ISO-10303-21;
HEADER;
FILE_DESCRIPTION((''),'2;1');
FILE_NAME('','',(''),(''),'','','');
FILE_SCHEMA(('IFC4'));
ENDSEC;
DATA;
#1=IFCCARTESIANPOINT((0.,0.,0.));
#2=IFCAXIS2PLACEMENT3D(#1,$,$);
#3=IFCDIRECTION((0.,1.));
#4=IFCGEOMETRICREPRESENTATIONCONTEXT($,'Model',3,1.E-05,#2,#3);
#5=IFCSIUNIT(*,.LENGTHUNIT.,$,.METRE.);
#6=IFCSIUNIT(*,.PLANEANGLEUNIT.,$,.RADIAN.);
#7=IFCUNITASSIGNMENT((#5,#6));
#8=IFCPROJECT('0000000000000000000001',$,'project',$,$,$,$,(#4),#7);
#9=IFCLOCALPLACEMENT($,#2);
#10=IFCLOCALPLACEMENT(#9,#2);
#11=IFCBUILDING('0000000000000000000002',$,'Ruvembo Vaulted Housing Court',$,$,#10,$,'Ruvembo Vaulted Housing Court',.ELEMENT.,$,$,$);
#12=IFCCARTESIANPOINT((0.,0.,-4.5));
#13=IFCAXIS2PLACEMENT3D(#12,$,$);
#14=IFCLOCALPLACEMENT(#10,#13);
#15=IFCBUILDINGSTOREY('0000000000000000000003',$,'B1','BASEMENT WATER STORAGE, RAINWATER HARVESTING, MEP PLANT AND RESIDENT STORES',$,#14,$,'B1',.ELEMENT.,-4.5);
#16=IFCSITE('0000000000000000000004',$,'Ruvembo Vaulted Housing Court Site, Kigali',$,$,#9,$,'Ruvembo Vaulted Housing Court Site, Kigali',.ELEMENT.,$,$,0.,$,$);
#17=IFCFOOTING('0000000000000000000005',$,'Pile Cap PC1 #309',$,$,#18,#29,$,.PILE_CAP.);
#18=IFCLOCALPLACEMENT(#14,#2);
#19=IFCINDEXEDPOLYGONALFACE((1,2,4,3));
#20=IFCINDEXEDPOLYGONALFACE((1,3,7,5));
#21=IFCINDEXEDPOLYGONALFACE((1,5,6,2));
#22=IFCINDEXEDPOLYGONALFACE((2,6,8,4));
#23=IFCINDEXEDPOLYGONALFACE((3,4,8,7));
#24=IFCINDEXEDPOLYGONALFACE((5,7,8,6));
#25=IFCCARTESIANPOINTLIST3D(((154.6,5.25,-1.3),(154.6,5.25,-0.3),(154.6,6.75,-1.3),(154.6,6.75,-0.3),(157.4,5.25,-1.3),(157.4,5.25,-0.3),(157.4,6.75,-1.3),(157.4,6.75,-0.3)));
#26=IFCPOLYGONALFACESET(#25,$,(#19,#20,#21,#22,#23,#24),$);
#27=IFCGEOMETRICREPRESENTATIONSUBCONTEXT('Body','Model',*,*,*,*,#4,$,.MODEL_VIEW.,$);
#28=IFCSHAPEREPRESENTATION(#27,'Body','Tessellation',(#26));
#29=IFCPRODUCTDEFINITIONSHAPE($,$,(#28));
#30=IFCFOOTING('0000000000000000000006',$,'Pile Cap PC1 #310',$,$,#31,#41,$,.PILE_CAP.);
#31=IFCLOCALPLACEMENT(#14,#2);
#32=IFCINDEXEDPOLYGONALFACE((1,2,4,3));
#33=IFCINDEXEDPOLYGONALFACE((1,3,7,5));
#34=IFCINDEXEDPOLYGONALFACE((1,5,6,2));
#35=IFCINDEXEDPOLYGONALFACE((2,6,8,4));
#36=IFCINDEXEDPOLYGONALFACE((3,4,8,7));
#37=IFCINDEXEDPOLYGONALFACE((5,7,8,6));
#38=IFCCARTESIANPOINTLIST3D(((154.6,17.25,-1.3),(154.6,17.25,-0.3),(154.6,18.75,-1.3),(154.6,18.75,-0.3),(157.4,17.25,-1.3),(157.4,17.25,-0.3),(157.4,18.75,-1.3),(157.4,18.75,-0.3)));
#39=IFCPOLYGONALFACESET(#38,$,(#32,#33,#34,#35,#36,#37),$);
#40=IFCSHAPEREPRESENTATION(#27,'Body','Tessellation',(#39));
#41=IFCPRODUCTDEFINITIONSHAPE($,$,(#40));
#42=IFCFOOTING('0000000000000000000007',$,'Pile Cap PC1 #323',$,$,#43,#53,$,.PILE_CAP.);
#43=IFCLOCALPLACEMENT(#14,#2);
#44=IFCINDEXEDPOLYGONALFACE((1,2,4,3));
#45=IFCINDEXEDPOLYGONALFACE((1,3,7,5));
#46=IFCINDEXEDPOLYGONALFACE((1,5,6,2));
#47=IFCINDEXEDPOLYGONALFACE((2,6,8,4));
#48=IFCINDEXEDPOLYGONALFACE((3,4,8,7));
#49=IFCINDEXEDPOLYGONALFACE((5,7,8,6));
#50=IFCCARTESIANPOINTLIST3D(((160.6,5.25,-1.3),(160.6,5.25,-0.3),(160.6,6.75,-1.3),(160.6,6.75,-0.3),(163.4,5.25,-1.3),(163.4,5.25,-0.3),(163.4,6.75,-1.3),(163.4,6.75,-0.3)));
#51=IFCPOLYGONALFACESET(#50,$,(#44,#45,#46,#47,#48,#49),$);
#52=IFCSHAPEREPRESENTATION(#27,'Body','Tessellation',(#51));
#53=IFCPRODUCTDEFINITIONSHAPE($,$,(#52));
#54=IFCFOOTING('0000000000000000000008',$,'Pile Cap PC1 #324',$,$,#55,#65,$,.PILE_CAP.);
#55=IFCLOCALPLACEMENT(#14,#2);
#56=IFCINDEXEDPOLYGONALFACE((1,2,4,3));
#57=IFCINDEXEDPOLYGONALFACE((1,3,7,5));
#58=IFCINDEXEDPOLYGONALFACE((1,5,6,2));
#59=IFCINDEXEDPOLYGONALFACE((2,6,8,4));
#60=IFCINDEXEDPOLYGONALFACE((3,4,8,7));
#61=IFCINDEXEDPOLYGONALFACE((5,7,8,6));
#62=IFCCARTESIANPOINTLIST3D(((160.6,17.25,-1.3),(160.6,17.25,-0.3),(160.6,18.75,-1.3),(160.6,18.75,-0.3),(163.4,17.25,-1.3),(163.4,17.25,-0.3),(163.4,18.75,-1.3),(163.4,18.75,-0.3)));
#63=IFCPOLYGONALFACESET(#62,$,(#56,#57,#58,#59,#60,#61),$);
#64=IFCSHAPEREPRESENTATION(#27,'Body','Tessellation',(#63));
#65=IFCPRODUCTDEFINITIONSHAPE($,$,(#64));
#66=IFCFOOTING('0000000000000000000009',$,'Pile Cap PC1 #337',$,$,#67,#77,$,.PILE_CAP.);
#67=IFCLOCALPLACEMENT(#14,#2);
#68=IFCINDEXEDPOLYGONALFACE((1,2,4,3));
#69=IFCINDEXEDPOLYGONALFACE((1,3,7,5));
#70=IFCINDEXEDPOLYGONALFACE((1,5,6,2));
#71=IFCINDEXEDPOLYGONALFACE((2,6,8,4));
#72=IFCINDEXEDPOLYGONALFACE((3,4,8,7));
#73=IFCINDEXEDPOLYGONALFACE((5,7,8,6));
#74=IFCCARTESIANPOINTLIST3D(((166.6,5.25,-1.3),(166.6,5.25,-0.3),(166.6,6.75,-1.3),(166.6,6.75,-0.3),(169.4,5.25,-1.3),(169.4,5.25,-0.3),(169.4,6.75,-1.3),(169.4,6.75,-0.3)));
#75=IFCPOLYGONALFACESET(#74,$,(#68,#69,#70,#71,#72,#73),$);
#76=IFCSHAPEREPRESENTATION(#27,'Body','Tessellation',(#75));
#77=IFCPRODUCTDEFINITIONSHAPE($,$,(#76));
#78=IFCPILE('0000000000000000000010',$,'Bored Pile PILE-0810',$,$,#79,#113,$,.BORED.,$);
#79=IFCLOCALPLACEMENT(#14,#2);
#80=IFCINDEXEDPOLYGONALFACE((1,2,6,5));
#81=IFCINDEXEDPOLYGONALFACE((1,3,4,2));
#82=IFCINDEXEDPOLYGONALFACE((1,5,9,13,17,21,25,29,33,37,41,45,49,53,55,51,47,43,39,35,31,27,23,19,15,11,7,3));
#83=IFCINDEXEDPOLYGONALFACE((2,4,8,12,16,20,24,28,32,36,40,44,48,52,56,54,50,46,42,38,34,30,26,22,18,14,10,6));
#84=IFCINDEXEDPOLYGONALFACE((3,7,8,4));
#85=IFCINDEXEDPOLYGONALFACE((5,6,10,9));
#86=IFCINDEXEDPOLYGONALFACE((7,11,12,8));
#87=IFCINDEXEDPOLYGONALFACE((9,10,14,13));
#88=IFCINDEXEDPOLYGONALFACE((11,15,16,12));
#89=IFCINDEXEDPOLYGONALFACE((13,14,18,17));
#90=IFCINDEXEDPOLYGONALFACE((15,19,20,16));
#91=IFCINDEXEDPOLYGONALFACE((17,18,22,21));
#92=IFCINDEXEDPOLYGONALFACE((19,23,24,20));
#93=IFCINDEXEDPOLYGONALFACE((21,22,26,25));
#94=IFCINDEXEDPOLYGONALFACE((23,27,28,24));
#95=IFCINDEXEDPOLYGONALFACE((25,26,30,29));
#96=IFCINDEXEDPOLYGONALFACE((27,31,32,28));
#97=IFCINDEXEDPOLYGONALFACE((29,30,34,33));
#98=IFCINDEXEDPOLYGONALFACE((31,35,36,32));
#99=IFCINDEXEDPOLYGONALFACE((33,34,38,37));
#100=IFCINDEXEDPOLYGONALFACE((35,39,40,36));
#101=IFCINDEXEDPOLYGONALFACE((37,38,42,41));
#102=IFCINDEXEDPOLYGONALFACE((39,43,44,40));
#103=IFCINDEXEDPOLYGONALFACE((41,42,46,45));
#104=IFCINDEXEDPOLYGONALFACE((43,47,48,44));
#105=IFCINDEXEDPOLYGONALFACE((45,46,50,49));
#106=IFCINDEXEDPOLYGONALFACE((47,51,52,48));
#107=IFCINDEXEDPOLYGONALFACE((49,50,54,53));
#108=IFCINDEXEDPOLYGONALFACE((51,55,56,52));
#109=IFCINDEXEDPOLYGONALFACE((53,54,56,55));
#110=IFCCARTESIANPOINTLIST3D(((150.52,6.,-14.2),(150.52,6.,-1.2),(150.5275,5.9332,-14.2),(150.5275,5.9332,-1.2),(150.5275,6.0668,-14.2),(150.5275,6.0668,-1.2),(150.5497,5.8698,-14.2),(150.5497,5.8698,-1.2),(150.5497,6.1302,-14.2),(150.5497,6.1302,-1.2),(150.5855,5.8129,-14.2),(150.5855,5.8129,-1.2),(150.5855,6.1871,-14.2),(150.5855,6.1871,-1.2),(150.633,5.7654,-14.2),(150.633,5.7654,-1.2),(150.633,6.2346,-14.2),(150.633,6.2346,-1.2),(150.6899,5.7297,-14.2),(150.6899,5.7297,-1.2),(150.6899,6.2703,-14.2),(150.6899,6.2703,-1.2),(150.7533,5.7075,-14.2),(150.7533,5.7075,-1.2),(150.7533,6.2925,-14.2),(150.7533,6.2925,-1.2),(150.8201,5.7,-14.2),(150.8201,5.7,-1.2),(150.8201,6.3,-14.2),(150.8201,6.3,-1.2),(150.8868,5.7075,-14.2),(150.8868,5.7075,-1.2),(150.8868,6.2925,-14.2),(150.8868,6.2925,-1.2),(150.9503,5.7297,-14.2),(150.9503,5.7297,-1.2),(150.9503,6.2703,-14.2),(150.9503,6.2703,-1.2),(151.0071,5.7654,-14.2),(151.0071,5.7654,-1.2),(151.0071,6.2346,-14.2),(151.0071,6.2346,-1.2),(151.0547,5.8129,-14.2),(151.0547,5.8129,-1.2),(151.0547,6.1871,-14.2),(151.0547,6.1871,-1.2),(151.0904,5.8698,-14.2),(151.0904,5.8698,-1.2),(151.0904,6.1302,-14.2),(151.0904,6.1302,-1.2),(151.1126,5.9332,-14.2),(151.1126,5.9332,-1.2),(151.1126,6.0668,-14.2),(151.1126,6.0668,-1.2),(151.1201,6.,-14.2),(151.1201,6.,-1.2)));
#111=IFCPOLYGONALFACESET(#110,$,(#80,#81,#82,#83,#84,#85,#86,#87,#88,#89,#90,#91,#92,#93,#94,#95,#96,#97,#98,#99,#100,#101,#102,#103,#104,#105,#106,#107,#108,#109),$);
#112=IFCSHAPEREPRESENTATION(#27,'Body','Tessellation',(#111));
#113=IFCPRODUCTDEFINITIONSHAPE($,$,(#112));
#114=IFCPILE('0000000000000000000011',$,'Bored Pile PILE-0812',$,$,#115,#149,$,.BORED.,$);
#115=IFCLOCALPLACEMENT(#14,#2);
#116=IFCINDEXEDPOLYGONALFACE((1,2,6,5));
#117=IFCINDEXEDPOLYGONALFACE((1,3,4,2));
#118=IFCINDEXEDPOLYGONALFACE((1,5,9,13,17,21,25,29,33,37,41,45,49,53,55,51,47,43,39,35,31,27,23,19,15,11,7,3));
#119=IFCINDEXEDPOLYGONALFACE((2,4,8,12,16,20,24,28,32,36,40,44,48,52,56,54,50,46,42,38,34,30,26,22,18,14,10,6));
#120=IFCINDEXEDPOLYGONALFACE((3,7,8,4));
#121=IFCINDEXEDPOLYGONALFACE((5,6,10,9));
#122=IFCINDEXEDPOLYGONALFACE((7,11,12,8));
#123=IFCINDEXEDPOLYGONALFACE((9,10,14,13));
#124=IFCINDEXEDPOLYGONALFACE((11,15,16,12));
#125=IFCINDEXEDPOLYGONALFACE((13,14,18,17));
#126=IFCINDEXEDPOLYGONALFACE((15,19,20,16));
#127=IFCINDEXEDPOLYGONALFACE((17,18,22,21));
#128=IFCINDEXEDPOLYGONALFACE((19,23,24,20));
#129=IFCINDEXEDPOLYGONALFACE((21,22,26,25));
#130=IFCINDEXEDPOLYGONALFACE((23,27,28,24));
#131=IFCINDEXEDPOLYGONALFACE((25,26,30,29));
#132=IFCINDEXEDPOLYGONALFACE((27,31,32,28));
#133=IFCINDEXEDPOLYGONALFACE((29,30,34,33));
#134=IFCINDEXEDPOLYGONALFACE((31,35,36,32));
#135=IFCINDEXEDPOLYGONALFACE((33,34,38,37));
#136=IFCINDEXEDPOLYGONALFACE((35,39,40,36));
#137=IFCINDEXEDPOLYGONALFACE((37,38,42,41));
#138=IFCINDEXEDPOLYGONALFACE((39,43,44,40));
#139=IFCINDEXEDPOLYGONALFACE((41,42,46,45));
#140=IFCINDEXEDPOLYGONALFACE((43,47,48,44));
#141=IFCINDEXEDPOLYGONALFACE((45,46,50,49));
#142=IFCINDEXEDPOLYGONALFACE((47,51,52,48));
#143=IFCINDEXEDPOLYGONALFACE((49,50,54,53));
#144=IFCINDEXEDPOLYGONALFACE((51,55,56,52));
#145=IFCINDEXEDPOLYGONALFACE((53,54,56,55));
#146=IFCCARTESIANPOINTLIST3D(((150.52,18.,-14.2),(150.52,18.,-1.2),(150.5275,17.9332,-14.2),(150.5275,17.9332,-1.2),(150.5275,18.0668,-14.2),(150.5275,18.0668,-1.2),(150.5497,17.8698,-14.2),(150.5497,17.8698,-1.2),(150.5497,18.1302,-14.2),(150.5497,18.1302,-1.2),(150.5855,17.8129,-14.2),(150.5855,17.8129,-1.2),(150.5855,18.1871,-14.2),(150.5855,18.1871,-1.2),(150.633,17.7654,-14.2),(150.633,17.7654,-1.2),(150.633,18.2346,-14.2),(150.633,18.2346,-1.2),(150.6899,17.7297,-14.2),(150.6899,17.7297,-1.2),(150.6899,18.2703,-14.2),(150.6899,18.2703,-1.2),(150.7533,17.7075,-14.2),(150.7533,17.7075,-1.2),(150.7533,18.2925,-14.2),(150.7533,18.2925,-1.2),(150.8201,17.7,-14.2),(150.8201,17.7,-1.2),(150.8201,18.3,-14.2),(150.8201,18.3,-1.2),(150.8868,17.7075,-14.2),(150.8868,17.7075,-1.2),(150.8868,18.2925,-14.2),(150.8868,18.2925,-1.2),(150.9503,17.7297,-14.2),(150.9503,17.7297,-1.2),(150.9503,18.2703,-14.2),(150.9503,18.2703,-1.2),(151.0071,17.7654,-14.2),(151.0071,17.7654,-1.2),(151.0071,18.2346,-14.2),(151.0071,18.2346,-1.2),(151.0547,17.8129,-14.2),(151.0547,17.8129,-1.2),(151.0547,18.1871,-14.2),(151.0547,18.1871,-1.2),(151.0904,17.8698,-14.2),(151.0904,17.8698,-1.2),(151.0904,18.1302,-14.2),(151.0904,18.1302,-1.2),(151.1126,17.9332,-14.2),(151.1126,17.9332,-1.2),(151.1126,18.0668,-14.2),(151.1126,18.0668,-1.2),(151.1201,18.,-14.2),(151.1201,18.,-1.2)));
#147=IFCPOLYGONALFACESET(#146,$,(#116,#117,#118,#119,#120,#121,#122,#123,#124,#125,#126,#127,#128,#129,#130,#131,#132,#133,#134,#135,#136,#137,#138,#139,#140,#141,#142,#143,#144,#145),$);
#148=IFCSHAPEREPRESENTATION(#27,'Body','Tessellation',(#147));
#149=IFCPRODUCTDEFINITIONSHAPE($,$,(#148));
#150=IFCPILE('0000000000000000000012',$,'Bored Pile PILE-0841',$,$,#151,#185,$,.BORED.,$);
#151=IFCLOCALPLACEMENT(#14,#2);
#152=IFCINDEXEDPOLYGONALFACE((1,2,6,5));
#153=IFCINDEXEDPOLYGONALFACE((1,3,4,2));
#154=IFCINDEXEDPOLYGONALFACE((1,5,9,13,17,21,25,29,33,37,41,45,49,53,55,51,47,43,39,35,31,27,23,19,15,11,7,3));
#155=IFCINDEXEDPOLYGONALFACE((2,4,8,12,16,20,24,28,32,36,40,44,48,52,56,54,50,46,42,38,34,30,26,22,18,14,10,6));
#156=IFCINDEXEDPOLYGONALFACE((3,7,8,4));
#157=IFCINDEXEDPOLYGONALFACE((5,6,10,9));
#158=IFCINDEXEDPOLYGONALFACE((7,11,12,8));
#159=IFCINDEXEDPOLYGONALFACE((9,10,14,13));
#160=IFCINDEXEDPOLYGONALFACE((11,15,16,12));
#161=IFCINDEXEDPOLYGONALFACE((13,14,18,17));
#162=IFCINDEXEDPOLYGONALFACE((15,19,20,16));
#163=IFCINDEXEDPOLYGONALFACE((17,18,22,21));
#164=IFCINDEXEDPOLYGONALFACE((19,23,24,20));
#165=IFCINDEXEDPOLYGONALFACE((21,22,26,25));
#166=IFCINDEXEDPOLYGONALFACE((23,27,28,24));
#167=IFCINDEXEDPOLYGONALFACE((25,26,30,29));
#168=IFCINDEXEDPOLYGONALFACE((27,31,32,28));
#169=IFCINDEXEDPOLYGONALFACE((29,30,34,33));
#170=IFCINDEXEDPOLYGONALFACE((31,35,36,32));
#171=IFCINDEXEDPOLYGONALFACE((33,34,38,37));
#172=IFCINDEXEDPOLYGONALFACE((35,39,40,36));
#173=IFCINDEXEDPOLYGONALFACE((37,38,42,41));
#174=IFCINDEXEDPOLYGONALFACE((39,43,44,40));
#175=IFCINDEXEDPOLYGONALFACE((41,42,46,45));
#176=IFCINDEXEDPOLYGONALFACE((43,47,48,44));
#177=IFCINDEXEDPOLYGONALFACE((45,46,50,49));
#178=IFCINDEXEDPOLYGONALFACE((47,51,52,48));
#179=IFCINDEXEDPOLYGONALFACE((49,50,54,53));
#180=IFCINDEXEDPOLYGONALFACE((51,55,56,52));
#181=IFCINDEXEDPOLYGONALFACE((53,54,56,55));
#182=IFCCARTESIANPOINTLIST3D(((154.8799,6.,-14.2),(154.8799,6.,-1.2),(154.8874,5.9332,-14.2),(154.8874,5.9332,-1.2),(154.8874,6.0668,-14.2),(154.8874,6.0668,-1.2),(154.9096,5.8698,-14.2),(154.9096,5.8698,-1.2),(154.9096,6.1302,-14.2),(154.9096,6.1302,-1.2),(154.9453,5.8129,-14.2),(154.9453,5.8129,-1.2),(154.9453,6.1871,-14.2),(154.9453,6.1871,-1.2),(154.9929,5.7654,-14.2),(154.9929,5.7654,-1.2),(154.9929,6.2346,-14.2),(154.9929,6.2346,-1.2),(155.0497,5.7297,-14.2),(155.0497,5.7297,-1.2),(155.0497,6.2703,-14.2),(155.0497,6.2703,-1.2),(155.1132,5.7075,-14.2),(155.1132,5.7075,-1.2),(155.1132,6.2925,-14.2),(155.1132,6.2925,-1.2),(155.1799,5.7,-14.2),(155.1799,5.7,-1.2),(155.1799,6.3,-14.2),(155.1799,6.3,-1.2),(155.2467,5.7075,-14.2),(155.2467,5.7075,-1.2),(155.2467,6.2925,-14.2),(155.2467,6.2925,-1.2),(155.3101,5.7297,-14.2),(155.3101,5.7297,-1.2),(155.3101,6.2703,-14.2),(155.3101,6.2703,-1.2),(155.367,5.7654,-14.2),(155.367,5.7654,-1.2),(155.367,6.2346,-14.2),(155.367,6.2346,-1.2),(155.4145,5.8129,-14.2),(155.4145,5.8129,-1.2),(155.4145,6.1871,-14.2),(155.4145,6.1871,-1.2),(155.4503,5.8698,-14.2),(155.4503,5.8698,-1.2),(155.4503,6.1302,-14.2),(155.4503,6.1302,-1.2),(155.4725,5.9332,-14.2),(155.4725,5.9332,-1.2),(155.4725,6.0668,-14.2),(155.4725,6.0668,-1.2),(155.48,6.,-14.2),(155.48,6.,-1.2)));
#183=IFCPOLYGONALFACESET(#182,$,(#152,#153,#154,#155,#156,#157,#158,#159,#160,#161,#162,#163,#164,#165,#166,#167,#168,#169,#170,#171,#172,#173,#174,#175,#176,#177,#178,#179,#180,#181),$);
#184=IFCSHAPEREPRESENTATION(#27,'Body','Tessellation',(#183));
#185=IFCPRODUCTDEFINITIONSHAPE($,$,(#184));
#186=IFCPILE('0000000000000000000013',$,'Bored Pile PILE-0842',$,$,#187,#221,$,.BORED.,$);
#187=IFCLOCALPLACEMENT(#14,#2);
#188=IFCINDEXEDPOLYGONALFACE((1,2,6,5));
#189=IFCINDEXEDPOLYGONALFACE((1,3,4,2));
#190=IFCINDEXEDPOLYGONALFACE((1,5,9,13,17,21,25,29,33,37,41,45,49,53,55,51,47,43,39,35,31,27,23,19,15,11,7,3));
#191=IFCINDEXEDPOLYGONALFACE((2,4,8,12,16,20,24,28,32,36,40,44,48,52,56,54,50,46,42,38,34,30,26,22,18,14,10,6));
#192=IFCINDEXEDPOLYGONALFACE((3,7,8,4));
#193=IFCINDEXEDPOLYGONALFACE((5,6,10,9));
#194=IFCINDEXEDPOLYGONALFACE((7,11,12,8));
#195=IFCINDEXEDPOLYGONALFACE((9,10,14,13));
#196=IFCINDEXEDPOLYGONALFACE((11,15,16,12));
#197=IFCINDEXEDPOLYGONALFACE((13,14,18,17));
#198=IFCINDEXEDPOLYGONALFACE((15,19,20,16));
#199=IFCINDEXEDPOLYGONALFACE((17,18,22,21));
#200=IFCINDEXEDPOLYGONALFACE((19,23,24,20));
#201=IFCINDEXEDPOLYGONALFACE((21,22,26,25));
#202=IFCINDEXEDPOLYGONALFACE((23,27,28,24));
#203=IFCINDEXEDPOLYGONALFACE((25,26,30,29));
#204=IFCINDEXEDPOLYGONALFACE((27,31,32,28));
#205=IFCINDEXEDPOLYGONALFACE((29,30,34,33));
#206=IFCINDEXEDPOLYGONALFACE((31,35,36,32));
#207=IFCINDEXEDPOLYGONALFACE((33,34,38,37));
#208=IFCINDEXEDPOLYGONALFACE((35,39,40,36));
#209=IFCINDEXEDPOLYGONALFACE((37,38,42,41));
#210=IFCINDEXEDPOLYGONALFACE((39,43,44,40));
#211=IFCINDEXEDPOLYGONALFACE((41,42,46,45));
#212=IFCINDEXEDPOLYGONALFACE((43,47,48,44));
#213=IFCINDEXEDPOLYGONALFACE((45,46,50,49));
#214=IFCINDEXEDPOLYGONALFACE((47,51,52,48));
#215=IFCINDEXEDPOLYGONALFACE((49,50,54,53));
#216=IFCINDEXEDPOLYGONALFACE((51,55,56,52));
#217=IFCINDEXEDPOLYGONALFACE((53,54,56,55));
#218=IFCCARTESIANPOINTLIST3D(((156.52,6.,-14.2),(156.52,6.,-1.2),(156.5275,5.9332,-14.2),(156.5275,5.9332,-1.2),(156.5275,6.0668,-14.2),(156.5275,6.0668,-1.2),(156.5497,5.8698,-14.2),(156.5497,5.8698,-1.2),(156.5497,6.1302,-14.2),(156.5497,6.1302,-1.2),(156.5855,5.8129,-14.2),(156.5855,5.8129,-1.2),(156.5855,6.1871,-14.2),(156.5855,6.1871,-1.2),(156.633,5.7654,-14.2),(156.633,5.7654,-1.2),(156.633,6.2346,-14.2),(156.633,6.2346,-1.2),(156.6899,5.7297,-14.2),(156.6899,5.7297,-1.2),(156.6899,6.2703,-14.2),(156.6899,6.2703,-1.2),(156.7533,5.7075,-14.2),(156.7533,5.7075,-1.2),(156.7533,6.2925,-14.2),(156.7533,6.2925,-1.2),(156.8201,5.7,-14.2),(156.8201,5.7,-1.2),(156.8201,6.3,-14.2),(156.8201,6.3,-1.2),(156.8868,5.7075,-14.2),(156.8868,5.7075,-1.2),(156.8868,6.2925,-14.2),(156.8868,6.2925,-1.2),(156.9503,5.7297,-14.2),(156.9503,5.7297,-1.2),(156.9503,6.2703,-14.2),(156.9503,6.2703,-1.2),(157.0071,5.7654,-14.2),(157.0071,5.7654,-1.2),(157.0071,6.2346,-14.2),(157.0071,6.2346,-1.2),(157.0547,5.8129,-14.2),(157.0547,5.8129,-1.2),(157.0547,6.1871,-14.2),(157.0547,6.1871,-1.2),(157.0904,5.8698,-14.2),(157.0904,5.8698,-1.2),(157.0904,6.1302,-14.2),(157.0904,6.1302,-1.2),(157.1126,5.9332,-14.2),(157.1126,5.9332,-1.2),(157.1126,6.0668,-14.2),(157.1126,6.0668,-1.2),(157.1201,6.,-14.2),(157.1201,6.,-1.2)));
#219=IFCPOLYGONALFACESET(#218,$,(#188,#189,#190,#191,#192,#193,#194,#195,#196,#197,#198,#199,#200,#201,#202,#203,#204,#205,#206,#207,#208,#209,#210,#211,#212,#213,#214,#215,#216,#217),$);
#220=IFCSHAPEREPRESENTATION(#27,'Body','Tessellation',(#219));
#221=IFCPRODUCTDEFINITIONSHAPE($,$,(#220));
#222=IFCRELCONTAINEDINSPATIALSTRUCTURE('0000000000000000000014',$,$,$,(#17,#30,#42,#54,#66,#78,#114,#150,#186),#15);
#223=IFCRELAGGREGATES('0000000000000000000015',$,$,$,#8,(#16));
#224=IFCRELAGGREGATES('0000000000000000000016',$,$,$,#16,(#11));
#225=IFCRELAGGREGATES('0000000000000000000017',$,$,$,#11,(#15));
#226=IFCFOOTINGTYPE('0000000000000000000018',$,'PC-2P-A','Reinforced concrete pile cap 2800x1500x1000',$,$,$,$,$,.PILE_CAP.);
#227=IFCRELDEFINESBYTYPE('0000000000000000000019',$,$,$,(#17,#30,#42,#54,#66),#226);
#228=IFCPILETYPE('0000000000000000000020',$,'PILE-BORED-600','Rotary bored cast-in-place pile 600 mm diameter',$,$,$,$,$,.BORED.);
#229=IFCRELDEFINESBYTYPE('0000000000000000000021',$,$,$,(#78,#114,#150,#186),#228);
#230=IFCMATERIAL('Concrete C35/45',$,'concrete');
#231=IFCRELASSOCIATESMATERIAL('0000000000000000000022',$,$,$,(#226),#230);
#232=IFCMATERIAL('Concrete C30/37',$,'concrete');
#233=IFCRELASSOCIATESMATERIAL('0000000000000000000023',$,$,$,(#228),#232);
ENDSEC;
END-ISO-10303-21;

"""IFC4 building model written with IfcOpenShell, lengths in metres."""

from ifc_helpers import new_model, si_unit, direction, frame, origin, origin_2d, place, context, subcontext, project, spatial, rectangle, circle, extrude, material, material_profile, profile_set, type_object, element, save


model = new_model("IFC4")

# Units and contexts
model_context = context("Model", 3, precision=1e-05, world=origin(), true_north=direction((0.0, 1.0)))
body_context = subcontext(model_context, "Body", "Model", "MODEL_VIEW")
ifc_project = project(units=[si_unit("LENGTHUNIT", "METRE"), si_unit("PLANEANGLEUNIT", "RADIAN")], contexts=[model_context])

# Site, building, storey
site_placement = place(None, origin())
site = spatial("IfcSite", under=ifc_project, at=site_placement, Name="Ruvembo Vaulted Housing Court Site, Kigali", LongName="Ruvembo Vaulted Housing Court Site, Kigali", CompositionType="ELEMENT", RefElevation=0.0)
building_placement = place(site_placement, origin())
building = spatial("IfcBuilding", under=site, at=building_placement, Name="Ruvembo Vaulted Housing Court", LongName="Ruvembo Vaulted Housing Court", CompositionType="ELEMENT")
storey_placement = place(building_placement, frame((0.0, 0.0, -4.5)))
storey = spatial("IfcBuildingStorey", under=building, at=storey_placement, Name="B1", Description="BASEMENT WATER STORAGE, RAINWATER HARVESTING, MEP PLANT AND RESIDENT STORES", LongName="B1", CompositionType="ELEMENT", Elevation=-4.5)

# Footings
ifc_material_1 = material(Name="Concrete C35/45", Category="concrete")
footing_type = type_object("IfcFootingType", Name="PC-2P-A", Description="Reinforced concrete pile cap 2800x1500x1000", PredefinedType="PILE_CAP", material=ifc_material_1)
for number, where, z_axis, x_axis, name in (
    (1, (156.0, 6.0, -1.3), (0.0, 0.0, 1.0), (1.0, 0.0, 0.0), "Pile Cap PC1 #309"),
    (2, (156.0, 18.0, -1.3), (0.0, 0.0, 1.0), (1.0, 0.0, 0.0), "Pile Cap PC1 #310"),
    (3, (162.0, 6.0, -1.3), (0.0, 0.0, 1.0), (1.0, 0.0, 0.0), "Pile Cap PC1 #323"),
    (4, (162.0, 18.0, -1.3), (0.0, 0.0, 1.0), (1.0, 0.0, 0.0), "Pile Cap PC1 #324"),
    (5, (168.0, 6.0, -1.3), (0.0, 0.0, 1.0), (1.0, 0.0, 0.0), "Pile Cap PC1 #337"),
):
    element("IfcFooting", number, at=place(storey_placement, frame(where, z_axis=z_axis, x_axis=x_axis)), inside=storey, type_object=footing_type, Name=name, PredefinedType="PILE_CAP", context=body_context, shape_type="SweptSolid", body=[
        extrude(rectangle(XDim=2.8, YDim=1.5, at=origin_2d()), origin(), (0.0, 0.0, 1.0), 1.0),
    ])

# Piles
ifc_material_2 = material(Name="Concrete C30/37", Category="concrete")
ifc_material_profile_1 = material_profile(ifc_material_2, circle(Radius=0.3, at=origin_2d()), Name="PILE D600")
ifc_profile_set_1 = profile_set([ifc_material_profile_1], Name="Concrete C30/37")
pile_type = type_object("IfcPileType", Name="PILE-BORED-600", Description="Rotary bored cast-in-place pile 600 mm diameter", PredefinedType="BORED", material=ifc_profile_set_1)
for number, where, z_axis, x_axis, name in (
    (6, (150.8201, 6.0, -1.2), (0.0, 0.0, -1.0), (1.0, 0.0, 0.0), "Bored Pile PILE-0810"),
    (7, (150.8201, 18.0, -1.2), (0.0, 0.0, -1.0), (1.0, 0.0, 0.0), "Bored Pile PILE-0812"),
    (8, (155.1799, 6.0, -1.2), (0.0, 0.0, -1.0), (1.0, 0.0, 0.0), "Bored Pile PILE-0841"),
    (9, (156.8201, 6.0, -1.2), (0.0, 0.0, -1.0), (1.0, 0.0, 0.0), "Bored Pile PILE-0842"),
):
    element("IfcPile", number, at=place(storey_placement, frame(where, z_axis=z_axis, x_axis=x_axis)), inside=storey, type_object=pile_type, Name=name, PredefinedType="BORED", context=body_context, shape_type="SweptSolid", body=[
        extrude(circle(Radius=0.3, at=origin_2d()), origin(), (0.0, 0.0, 1.0), 13.0),
    ])

save(model, "model.ifc")
